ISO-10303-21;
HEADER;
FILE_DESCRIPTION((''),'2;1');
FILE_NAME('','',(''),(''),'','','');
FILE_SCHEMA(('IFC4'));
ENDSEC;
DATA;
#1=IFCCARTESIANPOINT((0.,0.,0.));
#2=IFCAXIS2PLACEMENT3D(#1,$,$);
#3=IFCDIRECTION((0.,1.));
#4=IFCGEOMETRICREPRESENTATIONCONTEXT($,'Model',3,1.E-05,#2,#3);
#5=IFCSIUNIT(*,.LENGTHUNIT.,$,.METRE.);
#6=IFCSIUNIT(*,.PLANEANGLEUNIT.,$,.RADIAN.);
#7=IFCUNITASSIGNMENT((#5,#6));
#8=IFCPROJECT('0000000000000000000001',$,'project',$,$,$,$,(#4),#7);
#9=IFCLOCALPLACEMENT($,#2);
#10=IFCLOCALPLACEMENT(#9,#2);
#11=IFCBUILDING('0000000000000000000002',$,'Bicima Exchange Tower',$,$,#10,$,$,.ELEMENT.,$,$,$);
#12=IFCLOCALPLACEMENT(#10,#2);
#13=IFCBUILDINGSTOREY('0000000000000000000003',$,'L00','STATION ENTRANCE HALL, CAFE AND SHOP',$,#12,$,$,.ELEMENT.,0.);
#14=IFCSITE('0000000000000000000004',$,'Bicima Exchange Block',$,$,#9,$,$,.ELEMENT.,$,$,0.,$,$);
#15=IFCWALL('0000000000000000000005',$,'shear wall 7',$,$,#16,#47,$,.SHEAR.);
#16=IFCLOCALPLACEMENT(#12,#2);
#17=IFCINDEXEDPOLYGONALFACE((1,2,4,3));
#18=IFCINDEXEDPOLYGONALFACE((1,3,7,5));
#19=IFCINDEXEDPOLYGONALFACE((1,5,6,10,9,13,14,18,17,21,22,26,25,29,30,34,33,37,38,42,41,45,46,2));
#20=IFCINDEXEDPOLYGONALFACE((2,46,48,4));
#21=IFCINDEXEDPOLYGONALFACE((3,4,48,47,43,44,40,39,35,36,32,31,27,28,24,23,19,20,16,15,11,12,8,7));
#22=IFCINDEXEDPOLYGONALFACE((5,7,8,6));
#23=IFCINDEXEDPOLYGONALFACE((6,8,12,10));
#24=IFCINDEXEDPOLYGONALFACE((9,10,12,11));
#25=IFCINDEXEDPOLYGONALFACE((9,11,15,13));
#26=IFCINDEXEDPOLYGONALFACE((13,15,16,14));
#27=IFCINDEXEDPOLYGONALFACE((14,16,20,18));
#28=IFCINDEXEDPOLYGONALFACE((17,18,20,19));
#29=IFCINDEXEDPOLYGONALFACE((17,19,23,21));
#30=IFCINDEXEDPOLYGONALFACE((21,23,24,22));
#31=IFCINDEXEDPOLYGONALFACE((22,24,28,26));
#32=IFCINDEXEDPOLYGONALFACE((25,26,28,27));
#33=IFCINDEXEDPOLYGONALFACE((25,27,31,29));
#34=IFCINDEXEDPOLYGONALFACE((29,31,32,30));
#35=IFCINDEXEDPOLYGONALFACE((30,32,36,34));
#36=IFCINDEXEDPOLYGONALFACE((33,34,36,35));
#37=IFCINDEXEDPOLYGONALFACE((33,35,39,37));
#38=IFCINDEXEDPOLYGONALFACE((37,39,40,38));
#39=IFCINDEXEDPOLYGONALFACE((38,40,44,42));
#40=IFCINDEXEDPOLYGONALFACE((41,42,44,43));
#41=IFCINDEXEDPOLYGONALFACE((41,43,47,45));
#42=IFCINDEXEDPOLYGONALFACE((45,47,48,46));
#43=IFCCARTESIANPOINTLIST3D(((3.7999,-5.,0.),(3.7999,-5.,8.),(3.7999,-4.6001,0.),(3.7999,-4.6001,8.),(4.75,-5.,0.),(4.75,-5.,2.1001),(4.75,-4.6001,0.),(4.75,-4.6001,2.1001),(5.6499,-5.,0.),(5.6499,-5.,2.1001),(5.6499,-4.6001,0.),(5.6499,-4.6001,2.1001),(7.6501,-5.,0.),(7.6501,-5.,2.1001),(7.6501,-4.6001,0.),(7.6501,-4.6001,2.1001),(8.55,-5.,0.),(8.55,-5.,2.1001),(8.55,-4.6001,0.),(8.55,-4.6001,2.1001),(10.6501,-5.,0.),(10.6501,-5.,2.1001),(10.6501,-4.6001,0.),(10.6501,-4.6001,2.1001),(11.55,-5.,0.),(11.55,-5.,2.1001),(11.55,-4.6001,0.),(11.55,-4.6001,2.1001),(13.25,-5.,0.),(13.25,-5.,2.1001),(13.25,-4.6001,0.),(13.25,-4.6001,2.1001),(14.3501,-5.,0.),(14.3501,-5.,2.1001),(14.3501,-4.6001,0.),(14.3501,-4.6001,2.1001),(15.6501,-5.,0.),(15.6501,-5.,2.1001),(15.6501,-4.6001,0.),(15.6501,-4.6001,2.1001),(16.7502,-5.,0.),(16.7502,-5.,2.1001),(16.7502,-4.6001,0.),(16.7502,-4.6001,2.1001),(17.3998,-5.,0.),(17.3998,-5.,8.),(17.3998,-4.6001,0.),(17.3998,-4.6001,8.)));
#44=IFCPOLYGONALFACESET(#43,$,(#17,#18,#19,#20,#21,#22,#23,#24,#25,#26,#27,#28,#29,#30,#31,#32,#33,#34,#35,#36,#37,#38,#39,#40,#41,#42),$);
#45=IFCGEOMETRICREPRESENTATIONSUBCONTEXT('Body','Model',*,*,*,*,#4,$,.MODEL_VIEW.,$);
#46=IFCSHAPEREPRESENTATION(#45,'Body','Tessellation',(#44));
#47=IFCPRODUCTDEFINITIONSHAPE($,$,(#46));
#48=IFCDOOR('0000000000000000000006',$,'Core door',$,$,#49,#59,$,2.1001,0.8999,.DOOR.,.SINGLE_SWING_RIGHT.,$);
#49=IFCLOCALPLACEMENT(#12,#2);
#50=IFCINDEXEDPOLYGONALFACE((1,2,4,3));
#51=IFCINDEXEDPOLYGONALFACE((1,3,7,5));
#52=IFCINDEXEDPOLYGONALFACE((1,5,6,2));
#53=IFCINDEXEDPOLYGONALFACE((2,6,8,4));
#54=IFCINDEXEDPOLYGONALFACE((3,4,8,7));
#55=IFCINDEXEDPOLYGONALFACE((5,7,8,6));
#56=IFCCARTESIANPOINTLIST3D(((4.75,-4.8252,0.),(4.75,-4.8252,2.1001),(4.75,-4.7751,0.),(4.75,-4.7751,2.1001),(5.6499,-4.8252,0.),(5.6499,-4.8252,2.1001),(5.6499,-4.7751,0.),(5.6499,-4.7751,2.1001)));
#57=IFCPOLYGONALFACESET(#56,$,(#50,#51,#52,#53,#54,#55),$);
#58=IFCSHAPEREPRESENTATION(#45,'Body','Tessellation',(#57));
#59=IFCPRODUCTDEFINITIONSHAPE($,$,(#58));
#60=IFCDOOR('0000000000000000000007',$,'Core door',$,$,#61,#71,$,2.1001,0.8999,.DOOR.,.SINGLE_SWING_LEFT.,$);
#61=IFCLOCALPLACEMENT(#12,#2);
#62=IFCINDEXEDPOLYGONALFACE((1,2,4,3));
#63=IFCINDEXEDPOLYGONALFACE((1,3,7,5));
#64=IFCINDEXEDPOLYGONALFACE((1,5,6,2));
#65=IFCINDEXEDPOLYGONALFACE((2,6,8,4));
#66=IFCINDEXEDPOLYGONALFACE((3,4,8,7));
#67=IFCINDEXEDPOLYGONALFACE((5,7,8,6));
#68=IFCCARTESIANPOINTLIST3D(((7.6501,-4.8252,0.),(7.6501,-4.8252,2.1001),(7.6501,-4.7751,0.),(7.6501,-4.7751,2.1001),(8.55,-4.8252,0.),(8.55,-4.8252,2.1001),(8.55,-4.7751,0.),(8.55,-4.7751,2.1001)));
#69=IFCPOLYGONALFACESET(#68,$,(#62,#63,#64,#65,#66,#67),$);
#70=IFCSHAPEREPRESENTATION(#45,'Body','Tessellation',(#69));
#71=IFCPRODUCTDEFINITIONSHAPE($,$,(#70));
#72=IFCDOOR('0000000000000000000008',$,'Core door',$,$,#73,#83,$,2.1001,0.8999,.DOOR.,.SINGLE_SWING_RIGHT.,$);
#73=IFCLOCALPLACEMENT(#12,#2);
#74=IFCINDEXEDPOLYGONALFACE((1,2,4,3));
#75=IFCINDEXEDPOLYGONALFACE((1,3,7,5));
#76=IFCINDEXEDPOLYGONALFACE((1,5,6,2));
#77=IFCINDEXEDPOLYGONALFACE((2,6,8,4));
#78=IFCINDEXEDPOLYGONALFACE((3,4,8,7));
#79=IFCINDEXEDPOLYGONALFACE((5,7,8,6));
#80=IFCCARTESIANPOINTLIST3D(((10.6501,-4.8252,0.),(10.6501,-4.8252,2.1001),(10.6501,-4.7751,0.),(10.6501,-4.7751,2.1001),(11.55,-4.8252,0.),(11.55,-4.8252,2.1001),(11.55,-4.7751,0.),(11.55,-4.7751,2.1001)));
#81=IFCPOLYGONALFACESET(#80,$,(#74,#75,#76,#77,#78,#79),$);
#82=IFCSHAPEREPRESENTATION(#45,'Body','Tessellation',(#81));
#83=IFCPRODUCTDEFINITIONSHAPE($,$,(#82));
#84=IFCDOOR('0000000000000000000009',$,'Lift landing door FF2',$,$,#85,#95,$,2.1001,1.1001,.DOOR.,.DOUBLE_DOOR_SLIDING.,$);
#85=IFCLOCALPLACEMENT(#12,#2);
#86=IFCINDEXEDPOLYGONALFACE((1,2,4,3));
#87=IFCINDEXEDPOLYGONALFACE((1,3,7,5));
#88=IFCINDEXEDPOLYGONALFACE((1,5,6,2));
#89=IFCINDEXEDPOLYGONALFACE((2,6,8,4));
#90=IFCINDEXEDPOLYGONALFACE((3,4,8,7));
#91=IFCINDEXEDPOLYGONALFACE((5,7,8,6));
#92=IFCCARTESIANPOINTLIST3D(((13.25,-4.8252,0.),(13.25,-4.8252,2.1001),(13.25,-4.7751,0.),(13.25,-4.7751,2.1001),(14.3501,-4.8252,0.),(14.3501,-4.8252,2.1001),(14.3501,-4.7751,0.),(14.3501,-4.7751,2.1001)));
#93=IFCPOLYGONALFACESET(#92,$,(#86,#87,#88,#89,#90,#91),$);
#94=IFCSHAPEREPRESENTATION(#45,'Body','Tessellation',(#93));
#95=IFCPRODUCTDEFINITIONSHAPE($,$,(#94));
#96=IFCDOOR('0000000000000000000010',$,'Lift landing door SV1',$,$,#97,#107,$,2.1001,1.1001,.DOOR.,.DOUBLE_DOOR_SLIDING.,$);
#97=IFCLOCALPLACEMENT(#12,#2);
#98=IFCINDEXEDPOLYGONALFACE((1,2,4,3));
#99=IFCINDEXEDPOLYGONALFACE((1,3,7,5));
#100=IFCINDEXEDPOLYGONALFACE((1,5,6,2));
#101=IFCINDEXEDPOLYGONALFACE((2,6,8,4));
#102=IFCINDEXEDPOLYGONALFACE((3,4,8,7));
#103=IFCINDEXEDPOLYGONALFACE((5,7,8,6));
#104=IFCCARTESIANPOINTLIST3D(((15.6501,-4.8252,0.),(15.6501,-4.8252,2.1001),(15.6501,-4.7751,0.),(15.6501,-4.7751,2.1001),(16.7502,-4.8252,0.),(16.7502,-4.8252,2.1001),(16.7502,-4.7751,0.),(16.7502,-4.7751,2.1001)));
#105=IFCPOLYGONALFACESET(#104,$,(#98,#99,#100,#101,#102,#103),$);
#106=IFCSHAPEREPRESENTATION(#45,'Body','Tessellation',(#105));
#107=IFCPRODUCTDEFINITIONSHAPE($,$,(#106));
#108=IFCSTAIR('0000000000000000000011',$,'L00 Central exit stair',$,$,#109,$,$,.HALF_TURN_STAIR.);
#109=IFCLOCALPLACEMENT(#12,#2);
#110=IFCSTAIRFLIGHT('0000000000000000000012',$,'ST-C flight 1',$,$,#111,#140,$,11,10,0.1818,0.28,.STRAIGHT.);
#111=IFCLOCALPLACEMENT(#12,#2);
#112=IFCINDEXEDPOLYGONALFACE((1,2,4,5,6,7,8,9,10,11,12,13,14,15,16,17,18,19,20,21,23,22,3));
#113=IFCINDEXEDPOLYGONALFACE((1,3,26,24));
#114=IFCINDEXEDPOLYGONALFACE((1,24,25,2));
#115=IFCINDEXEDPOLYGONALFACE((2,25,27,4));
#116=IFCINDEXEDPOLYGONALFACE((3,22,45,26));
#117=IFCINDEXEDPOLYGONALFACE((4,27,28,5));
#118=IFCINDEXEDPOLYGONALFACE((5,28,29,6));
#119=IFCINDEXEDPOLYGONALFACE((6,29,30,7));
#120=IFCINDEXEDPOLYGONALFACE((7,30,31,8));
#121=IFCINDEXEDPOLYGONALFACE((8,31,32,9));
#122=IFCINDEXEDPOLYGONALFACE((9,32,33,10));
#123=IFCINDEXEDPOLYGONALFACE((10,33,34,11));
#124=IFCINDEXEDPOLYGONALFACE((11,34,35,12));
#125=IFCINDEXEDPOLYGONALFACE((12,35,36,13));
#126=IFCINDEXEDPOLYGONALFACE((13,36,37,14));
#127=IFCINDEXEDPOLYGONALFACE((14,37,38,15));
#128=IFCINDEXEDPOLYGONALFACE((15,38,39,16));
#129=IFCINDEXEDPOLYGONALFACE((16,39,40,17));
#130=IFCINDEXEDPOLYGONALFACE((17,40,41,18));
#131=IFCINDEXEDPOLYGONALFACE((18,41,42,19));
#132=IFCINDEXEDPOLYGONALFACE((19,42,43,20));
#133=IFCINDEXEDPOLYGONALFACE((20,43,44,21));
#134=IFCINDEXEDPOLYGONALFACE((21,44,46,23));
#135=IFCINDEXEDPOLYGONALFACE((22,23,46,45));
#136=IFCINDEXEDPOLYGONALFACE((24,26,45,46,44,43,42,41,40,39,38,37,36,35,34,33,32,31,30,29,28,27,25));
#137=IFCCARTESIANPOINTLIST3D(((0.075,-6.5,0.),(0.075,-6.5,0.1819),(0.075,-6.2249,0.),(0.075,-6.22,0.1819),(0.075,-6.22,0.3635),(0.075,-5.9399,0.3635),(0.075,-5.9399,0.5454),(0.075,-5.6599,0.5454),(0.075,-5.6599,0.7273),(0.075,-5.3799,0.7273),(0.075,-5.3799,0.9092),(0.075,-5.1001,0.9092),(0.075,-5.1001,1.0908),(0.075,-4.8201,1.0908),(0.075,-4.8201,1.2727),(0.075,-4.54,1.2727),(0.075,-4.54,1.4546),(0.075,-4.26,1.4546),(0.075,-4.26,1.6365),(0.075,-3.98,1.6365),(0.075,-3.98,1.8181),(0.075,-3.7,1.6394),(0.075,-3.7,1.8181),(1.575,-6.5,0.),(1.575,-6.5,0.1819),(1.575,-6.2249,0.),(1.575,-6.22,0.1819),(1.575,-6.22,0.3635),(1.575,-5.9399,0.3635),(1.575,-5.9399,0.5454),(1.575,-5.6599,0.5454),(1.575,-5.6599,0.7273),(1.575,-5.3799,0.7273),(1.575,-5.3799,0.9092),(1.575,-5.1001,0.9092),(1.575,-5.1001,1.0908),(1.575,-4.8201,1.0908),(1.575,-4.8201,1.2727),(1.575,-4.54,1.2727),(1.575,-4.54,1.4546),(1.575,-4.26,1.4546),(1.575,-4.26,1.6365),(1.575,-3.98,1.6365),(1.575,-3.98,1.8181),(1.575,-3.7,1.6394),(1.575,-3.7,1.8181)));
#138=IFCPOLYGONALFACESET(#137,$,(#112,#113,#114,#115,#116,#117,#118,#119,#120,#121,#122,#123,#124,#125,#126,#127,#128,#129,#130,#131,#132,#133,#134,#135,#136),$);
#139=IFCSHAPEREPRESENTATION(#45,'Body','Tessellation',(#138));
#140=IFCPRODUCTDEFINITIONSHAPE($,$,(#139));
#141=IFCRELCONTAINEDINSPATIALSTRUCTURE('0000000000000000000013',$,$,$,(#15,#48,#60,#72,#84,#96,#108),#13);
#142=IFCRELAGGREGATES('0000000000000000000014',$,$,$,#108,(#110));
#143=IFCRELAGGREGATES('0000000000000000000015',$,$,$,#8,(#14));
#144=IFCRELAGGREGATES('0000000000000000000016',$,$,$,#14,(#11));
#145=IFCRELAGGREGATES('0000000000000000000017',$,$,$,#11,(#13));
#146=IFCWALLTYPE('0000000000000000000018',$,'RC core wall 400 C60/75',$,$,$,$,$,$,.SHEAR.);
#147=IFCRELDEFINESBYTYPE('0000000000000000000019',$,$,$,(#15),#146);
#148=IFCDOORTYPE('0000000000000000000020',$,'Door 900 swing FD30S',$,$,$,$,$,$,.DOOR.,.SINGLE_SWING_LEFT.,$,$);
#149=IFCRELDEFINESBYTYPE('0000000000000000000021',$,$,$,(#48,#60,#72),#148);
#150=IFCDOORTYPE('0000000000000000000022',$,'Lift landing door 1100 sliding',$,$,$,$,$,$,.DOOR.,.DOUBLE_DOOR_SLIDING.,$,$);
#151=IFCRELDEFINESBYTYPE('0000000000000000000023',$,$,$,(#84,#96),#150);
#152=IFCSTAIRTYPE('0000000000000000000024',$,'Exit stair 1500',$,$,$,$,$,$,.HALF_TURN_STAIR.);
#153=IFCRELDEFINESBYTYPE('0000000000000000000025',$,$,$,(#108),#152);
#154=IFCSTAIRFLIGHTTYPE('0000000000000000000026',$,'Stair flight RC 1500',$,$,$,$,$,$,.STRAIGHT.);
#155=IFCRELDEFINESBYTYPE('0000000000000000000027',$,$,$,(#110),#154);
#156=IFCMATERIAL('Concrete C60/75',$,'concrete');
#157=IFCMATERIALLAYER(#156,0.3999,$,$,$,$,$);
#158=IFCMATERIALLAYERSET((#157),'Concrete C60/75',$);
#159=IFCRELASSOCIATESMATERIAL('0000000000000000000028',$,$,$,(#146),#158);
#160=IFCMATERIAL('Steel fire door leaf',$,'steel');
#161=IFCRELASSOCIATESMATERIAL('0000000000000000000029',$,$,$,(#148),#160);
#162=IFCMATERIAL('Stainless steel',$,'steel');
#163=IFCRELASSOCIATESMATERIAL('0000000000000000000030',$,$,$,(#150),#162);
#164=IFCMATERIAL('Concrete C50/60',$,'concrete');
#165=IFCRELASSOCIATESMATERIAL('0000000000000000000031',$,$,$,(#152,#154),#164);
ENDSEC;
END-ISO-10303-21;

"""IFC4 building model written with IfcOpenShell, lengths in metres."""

from ifc_helpers import new_model, si_unit, direction, frame, frame_2d, origin, place, context, subcontext, project, spatial, polyline, rectangle, outline, extrude, material, layer, layer_set, type_object, element, fill, aggregate, save


model = new_model("IFC4")

# Units and contexts
model_context = context("Model", 3, precision=1e-05, world=origin(), true_north=direction((0.0, 1.0)))
body_context = subcontext(model_context, "Body", "Model", "MODEL_VIEW")
ifc_project = project(units=[si_unit("LENGTHUNIT", "METRE"), si_unit("PLANEANGLEUNIT", "RADIAN")], contexts=[model_context])

# Site, building, storey
site_placement = place(None, origin())
site = spatial("IfcSite", under=ifc_project, at=site_placement, Name="Bicima Exchange Block", CompositionType="ELEMENT", RefElevation=0.0)
building_placement = place(site_placement, origin())
building = spatial("IfcBuilding", under=site, at=building_placement, Name="Bicima Exchange Tower", CompositionType="ELEMENT")
storey_placement = place(building_placement, origin())
storey = spatial("IfcBuildingStorey", under=building, at=storey_placement, Name="L00", Description="STATION ENTRANCE HALL, CAFE AND SHOP", CompositionType="ELEMENT", Elevation=0.0)

# Shared definitions
ifc_material_1 = material(Name="Concrete C60/75", Category="concrete")
ifc_layer_1 = layer(ifc_material_1, 0.3999)
ifc_layer_set_1 = layer_set([ifc_layer_1], Name="Concrete C60/75")
wall_type = type_object("IfcWallType", Name="RC core wall 400 C60/75", PredefinedType="SHEAR", material=ifc_layer_set_1)
ifc_material_2 = material(Name="Steel fire door leaf", Category="steel")
door_type_1 = type_object("IfcDoorType", Name="Door 900 swing FD30S", OperationType="SINGLE_SWING_LEFT", PredefinedType="DOOR", material=ifc_material_2)

# Wall, openings, doors
wall_1_placement = place(storey_placement, frame((3.8, -4.8, 0.0), z_axis=(0.0, 0.0, 1.0), x_axis=(1.0, 0.0, 0.0)))
wall_1 = element("IfcWall", 1, at=wall_1_placement, inside=storey, type_object=wall_type, Name="shear wall 7", PredefinedType="SHEAR", context=body_context, shape_type="SweptSolid", body=[
    extrude(rectangle(XDim=13.5999, YDim=0.3999, at=frame_2d((6.7998, 0.0))), origin(), (0.0, 0.0, 1.0), 8.0),
])
opening_1_placement = place(wall_1_placement, frame((9.45, 0.0, 0.0)))
opening_1 = element("IfcOpeningElement", 2, at=opening_1_placement, cuts=wall_1, PredefinedType="OPENING", context=body_context, shape_type="SweptSolid", body=[
    extrude(rectangle(XDim=1.1001, YDim=2.1001, at=frame_2d((0.55, 1.05))), frame((0.0, 0.2119, 0.0), z_axis=(0.0, -1.0, 0.0), x_axis=(1.0, 0.0, 0.0)), (0.0, 0.0, 1.0), 0.4238),
])
opening_2_placement = place(wall_1_placement, frame((11.8501, 0.0, 0.0)))
opening_2 = element("IfcOpeningElement", 3, at=opening_2_placement, cuts=wall_1, PredefinedType="OPENING", context=body_context, shape_type="SweptSolid", body=[
    extrude(rectangle(XDim=1.1001, YDim=2.1001, at=frame_2d((0.55, 1.05))), frame((0.0, 0.2119, 0.0), z_axis=(0.0, -1.0, 0.0), x_axis=(1.0, 0.0, 0.0)), (0.0, 0.0, 1.0), 0.4238),
])
opening_3_placement = place(wall_1_placement, frame((0.95, 0.0, 0.0)))
opening_3 = element("IfcOpeningElement", 4, at=opening_3_placement, cuts=wall_1, PredefinedType="OPENING", context=body_context, shape_type="SweptSolid", body=[
    extrude(rectangle(XDim=0.8999, YDim=2.1001, at=frame_2d((0.45, 1.05))), frame((0.0, 0.2119, 0.0), z_axis=(0.0, -1.0, 0.0), x_axis=(1.0, 0.0, 0.0)), (0.0, 0.0, 1.0), 0.4238),
])
opening_4_placement = place(wall_1_placement, frame((3.8501, 0.0, 0.0)))
opening_4 = element("IfcOpeningElement", 5, at=opening_4_placement, cuts=wall_1, PredefinedType="OPENING", context=body_context, shape_type="SweptSolid", body=[
    extrude(rectangle(XDim=0.8999, YDim=2.1001, at=frame_2d((0.45, 1.05))), frame((0.0, 0.2119, 0.0), z_axis=(0.0, -1.0, 0.0), x_axis=(1.0, 0.0, 0.0)), (0.0, 0.0, 1.0), 0.4238),
])
opening_5_placement = place(wall_1_placement, frame((6.8501, 0.0, 0.0)))
opening_5 = element("IfcOpeningElement", 6, at=opening_5_placement, cuts=wall_1, PredefinedType="OPENING", context=body_context, shape_type="SweptSolid", body=[
    extrude(rectangle(XDim=0.8999, YDim=2.1001, at=frame_2d((0.45, 1.05))), frame((0.0, 0.2119, 0.0), z_axis=(0.0, -1.0, 0.0), x_axis=(1.0, 0.0, 0.0)), (0.0, 0.0, 1.0), 0.4238),
])
door_1_placement = place(opening_3_placement, origin())
door_1 = element("IfcDoor", 7, at=door_1_placement, inside=storey, type_object=door_type_1, Name="Core door", OperationType="SINGLE_SWING_RIGHT", OverallHeight=2.1001, OverallWidth=0.8999, PredefinedType="DOOR", context=body_context, shape_type="SweptSolid", body=[
    extrude(rectangle(XDim=0.8999, YDim=2.1001, at=frame_2d((0.45, 1.05))), frame((0.0, 0.0249, 0.0), z_axis=(0.0, -1.0, 0.0), x_axis=(1.0, 0.0, 0.0)), (0.0, 0.0, 1.0), 0.05),
])
fill(opening_3, door_1)
door_2_placement = place(opening_4_placement, origin())
door_2 = element("IfcDoor", 8, at=door_2_placement, inside=storey, type_object=door_type_1, Name="Core door", OperationType="SINGLE_SWING_LEFT", OverallHeight=2.1001, OverallWidth=0.8999, PredefinedType="DOOR", context=body_context, shape_type="SweptSolid", body=[
    extrude(rectangle(XDim=0.8999, YDim=2.1001, at=frame_2d((0.45, 1.05))), frame((0.0, 0.0249, 0.0), z_axis=(0.0, -1.0, 0.0), x_axis=(1.0, 0.0, 0.0)), (0.0, 0.0, 1.0), 0.05),
])
fill(opening_4, door_2)
door_3_placement = place(opening_5_placement, origin())
door_3 = element("IfcDoor", 9, at=door_3_placement, inside=storey, type_object=door_type_1, Name="Core door", OperationType="SINGLE_SWING_RIGHT", OverallHeight=2.1001, OverallWidth=0.8999, PredefinedType="DOOR", context=body_context, shape_type="SweptSolid", body=[
    extrude(rectangle(XDim=0.8999, YDim=2.1001, at=frame_2d((0.45, 1.05))), frame((0.0, 0.0249, 0.0), z_axis=(0.0, -1.0, 0.0), x_axis=(1.0, 0.0, 0.0)), (0.0, 0.0, 1.0), 0.05),
])
fill(opening_5, door_3)
ifc_material_3 = material(Name="Stainless steel", Category="steel")
door_type_2 = type_object("IfcDoorType", Name="Lift landing door 1100 sliding", OperationType="DOUBLE_DOOR_SLIDING", PredefinedType="DOOR", material=ifc_material_3)
door_4_placement = place(opening_1_placement, origin())
door_4 = element("IfcDoor", 10, at=door_4_placement, inside=storey, type_object=door_type_2, Name="Lift landing door FF2", OperationType="DOUBLE_DOOR_SLIDING", OverallHeight=2.1001, OverallWidth=1.1001, PredefinedType="DOOR", context=body_context, shape_type="SweptSolid", body=[
    extrude(rectangle(XDim=1.1001, YDim=2.1001, at=frame_2d((0.55, 1.05))), frame((0.0, 0.0249, 0.0), z_axis=(0.0, -1.0, 0.0), x_axis=(1.0, 0.0, 0.0)), (0.0, 0.0, 1.0), 0.05),
])
fill(opening_1, door_4)
door_5_placement = place(opening_2_placement, origin())
door_5 = element("IfcDoor", 11, at=door_5_placement, inside=storey, type_object=door_type_2, Name="Lift landing door SV1", OperationType="DOUBLE_DOOR_SLIDING", OverallHeight=2.1001, OverallWidth=1.1001, PredefinedType="DOOR", context=body_context, shape_type="SweptSolid", body=[
    extrude(rectangle(XDim=1.1001, YDim=2.1001, at=frame_2d((0.55, 1.05))), frame((0.0, 0.0249, 0.0), z_axis=(0.0, -1.0, 0.0), x_axis=(1.0, 0.0, 0.0)), (0.0, 0.0, 1.0), 0.05),
])
fill(opening_2, door_5)

# Stair, stair flight
ifc_material_4 = material(Name="Concrete C50/60", Category="concrete")
stair_type = type_object("IfcStairType", Name="Exit stair 1500", PredefinedType="HALF_TURN_STAIR", material=ifc_material_4)
stair_placement = place(storey_placement, origin())
stair = element("IfcStair", 12, at=stair_placement, inside=storey, type_object=stair_type, Name="L00 Central exit stair", PredefinedType="HALF_TURN_STAIR")
stair_flight_type = type_object("IfcStairFlightType", Name="Stair flight RC 1500", PredefinedType="STRAIGHT", material=ifc_material_4)
stair_flight_1_placement = place(storey_placement, frame((0.825, -6.5, 0.0), z_axis=(0.0, 0.0, 1.0), x_axis=(0.0, 1.0, 0.0)))
stair_flight_1 = element("IfcStairFlight", 13, at=stair_flight_1_placement, type_object=stair_flight_type, Name="ST-C flight 1", NumberOfRisers=11, NumberOfTreads=10, PredefinedType="STRAIGHT", RiserHeight=0.1818, TreadLength=0.28, context=body_context, shape_type="SweptSolid", body=[
    extrude(outline(polyline([(0.0, 0.0), (0.0, 0.1819), (0.28, 0.1819), (0.28, 0.3635), (0.5601, 0.3635), (0.5601, 0.5454), (0.8401, 0.5454), (0.8401, 0.7273), (1.1201, 0.7273), (1.1201, 0.9092), (1.3999, 0.9092), (1.3999, 1.0908), (1.6799, 1.0908), (1.6799, 1.2727), (1.96, 1.2727), (1.96, 1.4546), (2.24, 1.4546), (2.24, 1.6365), (2.52, 1.6365), (2.52, 1.8181), (2.8, 1.8181), (2.8, 2.0), (2.8, 1.6394), (0.2751, 0.0), (0.0, 0.0)])), frame((0.0, 0.75, 0.0), z_axis=(0.0, -1.0, 0.0), x_axis=(1.0, 0.0, 0.0)), (0.0, 0.0, 1.0), 1.5),
])
aggregate(stair, [stair_flight_1])

save(model, "model.ifc")
